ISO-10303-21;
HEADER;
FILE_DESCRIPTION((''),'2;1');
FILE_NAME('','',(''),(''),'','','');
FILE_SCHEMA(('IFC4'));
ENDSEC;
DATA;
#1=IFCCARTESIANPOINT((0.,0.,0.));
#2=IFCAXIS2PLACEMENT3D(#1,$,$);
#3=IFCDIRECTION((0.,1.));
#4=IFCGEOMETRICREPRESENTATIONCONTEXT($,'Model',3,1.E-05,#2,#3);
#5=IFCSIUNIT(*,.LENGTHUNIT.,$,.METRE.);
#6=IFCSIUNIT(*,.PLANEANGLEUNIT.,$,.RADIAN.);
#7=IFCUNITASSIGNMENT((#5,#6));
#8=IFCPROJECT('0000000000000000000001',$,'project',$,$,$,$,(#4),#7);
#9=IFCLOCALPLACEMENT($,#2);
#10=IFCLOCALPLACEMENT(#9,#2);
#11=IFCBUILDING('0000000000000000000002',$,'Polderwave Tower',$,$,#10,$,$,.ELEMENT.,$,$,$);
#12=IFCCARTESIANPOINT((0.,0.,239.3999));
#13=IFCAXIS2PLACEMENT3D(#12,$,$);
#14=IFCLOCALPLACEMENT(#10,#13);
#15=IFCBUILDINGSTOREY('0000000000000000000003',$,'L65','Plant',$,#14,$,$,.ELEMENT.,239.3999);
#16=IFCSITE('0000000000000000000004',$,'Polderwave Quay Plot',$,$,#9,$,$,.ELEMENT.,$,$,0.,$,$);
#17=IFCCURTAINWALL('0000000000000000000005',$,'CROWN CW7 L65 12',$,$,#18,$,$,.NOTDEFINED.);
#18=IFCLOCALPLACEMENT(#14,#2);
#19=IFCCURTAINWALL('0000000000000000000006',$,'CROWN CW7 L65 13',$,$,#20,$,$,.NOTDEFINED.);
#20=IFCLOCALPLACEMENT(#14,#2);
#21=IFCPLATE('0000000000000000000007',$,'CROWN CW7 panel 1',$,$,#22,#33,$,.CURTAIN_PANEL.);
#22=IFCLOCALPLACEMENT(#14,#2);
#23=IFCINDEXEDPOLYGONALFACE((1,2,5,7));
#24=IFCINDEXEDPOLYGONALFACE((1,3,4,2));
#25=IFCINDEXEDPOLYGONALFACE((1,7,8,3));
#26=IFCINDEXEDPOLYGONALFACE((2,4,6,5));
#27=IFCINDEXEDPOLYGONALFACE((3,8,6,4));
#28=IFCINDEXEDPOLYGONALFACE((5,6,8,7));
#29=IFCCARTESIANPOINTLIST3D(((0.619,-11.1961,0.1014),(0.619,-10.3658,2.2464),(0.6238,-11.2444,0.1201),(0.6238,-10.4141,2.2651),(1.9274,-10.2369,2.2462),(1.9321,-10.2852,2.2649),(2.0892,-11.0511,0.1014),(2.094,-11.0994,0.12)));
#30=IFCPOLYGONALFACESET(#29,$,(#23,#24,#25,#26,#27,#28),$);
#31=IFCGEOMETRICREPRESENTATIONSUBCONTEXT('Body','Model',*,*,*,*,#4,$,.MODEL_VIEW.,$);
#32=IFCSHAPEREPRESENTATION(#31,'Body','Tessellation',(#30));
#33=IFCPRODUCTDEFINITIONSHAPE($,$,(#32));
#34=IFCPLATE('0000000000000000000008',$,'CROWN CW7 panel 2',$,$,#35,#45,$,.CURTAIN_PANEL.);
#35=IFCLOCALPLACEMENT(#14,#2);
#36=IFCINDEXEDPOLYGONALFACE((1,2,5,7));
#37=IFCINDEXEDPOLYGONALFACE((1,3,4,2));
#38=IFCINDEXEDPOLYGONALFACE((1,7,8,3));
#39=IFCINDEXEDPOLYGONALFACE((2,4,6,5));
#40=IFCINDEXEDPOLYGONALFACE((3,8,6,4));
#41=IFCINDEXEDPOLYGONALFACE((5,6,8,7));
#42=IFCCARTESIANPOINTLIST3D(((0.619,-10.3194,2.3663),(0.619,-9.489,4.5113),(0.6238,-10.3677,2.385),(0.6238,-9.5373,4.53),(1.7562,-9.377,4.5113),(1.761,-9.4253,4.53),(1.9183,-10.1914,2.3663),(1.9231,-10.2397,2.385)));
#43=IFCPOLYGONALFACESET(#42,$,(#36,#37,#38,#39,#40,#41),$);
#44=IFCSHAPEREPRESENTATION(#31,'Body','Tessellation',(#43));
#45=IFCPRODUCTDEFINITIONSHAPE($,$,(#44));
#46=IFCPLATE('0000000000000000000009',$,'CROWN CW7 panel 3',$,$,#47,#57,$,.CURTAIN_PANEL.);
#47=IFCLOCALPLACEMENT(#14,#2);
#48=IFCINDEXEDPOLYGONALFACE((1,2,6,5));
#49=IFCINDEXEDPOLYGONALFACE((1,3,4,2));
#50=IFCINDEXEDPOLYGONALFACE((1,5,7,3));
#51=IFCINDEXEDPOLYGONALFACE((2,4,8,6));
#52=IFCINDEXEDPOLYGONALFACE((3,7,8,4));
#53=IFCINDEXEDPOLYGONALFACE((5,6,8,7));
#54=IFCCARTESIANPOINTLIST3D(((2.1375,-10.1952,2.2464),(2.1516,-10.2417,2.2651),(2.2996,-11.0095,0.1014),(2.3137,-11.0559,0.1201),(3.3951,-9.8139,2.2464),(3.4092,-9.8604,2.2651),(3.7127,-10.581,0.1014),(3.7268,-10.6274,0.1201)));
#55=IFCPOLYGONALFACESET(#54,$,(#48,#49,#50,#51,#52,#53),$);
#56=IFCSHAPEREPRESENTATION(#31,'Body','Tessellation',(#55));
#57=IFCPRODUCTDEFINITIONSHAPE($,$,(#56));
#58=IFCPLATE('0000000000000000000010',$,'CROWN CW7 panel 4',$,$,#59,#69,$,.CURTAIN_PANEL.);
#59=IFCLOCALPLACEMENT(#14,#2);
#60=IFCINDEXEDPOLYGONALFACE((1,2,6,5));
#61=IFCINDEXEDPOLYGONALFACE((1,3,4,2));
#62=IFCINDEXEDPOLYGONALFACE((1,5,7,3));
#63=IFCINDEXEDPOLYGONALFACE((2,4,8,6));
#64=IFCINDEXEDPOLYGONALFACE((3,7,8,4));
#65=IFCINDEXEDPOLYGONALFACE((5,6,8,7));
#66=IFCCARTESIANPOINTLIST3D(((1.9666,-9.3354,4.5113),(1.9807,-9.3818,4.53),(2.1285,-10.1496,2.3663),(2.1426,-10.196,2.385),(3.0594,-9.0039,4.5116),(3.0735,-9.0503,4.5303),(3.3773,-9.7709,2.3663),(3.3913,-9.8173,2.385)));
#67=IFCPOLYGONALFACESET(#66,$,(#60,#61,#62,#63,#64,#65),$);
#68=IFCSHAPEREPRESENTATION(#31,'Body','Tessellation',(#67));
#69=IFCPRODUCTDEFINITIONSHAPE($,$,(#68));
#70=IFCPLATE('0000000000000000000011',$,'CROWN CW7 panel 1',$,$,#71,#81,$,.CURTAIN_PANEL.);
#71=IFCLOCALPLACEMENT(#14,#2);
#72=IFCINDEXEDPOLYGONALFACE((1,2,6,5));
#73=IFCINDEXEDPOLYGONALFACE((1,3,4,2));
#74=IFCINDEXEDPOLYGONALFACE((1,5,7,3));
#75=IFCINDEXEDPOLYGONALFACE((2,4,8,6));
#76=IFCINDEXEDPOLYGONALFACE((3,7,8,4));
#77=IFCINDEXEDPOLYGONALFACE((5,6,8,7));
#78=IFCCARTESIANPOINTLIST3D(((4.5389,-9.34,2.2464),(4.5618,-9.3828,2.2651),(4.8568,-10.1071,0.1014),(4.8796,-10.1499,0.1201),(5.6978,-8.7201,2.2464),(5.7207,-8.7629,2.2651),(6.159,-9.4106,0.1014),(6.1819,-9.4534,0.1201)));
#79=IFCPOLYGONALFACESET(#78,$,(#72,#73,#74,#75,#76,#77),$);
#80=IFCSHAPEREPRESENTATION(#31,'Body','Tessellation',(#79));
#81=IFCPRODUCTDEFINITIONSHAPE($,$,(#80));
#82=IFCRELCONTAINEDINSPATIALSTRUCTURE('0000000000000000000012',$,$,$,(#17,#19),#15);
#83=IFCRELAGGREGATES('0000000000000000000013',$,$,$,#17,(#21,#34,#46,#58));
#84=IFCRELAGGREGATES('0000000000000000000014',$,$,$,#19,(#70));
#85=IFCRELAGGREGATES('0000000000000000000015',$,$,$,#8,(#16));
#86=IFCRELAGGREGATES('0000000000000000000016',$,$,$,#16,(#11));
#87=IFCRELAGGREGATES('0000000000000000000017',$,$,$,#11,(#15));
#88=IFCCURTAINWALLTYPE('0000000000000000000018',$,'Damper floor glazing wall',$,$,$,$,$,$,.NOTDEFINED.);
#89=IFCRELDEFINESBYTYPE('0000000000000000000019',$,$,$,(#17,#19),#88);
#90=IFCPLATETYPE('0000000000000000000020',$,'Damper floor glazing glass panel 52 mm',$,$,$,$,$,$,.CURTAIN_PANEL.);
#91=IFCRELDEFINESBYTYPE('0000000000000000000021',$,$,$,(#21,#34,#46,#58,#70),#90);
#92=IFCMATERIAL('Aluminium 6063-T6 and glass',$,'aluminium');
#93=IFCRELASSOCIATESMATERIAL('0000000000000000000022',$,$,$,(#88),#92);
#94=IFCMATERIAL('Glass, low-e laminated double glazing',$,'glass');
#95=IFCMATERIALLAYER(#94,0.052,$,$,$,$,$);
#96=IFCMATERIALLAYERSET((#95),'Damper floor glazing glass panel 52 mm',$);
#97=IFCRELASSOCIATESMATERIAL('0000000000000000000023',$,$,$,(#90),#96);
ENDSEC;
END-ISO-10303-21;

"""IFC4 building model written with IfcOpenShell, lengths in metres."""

from ifc_helpers import new_model, si_unit, direction, frame, origin, place, context, subcontext, project, spatial, polyline, outline, extrude, material, layer, layer_set, type_object, element, aggregate, save


model = new_model("IFC4")

# Units and contexts
model_context = context("Model", 3, precision=1e-05, world=origin(), true_north=direction((0.0, 1.0)))
body_context = subcontext(model_context, "Body", "Model", "MODEL_VIEW")
ifc_project = project(units=[si_unit("LENGTHUNIT", "METRE"), si_unit("PLANEANGLEUNIT", "RADIAN")], contexts=[model_context])

# Site, building, storey
site_placement = place(None, origin())
site = spatial("IfcSite", under=ifc_project, at=site_placement, Name="Polderwave Quay Plot", CompositionType="ELEMENT", RefElevation=0.0)
building_placement = place(site_placement, origin())
building = spatial("IfcBuilding", under=site, at=building_placement, Name="Polderwave Tower", CompositionType="ELEMENT")
storey_placement = place(building_placement, frame((0.0, 0.0, 239.3999)))
storey = spatial("IfcBuildingStorey", under=building, at=storey_placement, Name="L65", Description="Plant", CompositionType="ELEMENT", Elevation=239.3999)

# Curtain wall
ifc_material_1 = material(Name="Aluminium 6063-T6 and glass", Category="aluminium")
curtain_wall_type = type_object("IfcCurtainWallType", Name="Damper floor glazing wall", PredefinedType="NOTDEFINED", material=ifc_material_1)
curtain_wall_1_placement = place(storey_placement, origin())
curtain_wall_1 = element("IfcCurtainWall", 1, at=curtain_wall_1_placement, inside=storey, type_object=curtain_wall_type, Name="CROWN CW7 L65 12", PredefinedType="NOTDEFINED")

# Curtain wall
curtain_wall_2_placement = place(storey_placement, origin())
curtain_wall_2 = element("IfcCurtainWall", 2, at=curtain_wall_2_placement, inside=storey, type_object=curtain_wall_type, Name="CROWN CW7 L65 13", PredefinedType="NOTDEFINED")

# Plates
ifc_material_2 = material(Name="Glass, low-e laminated double glazing", Category="glass")
ifc_layer = layer(ifc_material_2, 0.052)
ifc_layer_set = layer_set([ifc_layer], Name="Damper floor glazing glass panel 52 mm")
plate_type = type_object("IfcPlateType", Name="Damper floor glazing glass panel 52 mm", PredefinedType="CURTAIN_PANEL", material=ifc_layer_set)
plate_1_placement = place(storey_placement, frame((0.6238, -11.2444, 0.1201), z_axis=(0.091583, -0.928654, 0.359464), x_axis=(0.995174, 0.098125, -0.000049)))
plate_1 = element("IfcPlate", 3, at=plate_1_placement, type_object=plate_type, Name="CROWN CW7 panel 1", PredefinedType="CURTAIN_PANEL", context=body_context, shape_type="SweptSolid", body=[
    extrude(outline(polyline([(0.0, 0.0), (1.4773, 0.0), (1.3961, 2.2985), (0.0813, 2.2986), (0.0, 0.0)])), origin(), (0.0, 0.0, -1.0), 0.052),
])
plate_2_placement = place(storey_placement, frame((0.6238, -10.3677, 2.385), z_axis=(0.091469, -0.928653, 0.359496), x_axis=(0.995185, 0.098018, -0.000013)))
plate_2 = element("IfcPlate", 4, at=plate_2_placement, type_object=plate_type, Name="CROWN CW7 panel 2", PredefinedType="CURTAIN_PANEL", context=body_context, shape_type="SweptSolid", body=[
    extrude(outline(polyline([(0.0, 0.0), (1.3056, 0.0), (1.2241, 2.2987), (0.0814, 2.2987), (0.0, 0.0)])), origin(), (0.0, 0.0, -1.0), 0.052),
])
plate_3_placement = place(storey_placement, frame((2.3137, -11.0559, 0.1201), z_axis=(0.270786, -0.893015, 0.359444), x_axis=(0.956973, 0.290178, -0.000004)))
plate_3 = element("IfcPlate", 5, at=plate_3_placement, type_object=plate_type, Name="CROWN CW7 panel 3", PredefinedType="CURTAIN_PANEL", context=body_context, shape_type="SweptSolid", body=[
    extrude(outline(polyline([(0.0, 0.0), (1.4766, 0.0), (1.3952, 2.2987), (0.0811, 2.2986), (0.0, 0.0)])), origin(), (0.0, 0.0, -1.0), 0.052),
])
plate_4_placement = place(storey_placement, frame((2.1426, -10.196, 2.385), z_axis=(0.270818, -0.893012, 0.359426), x_axis=(0.956964, 0.290207, -0.000011)))
plate_4 = element("IfcPlate", 6, at=plate_4_placement, type_object=plate_type, Name="CROWN CW7 panel 4", PredefinedType="CURTAIN_PANEL", context=body_context, shape_type="SweptSolid", body=[
    extrude(outline(polyline([(0.0, 0.0), (1.3049, 0.0), (1.2233, 2.2989), (0.0814, 2.2986), (0.0, 0.0)])), origin(), (0.0, 0.0, -1.0), 0.052),
])
aggregate(curtain_wall_1, [plate_1, plate_2, plate_3, plate_4])
plate_5_placement = place(storey_placement, frame((4.8796, -10.1499, 0.1201), z_axis=(0.440113, -0.822845, 0.35948), x_axis=(0.88179, 0.471641, 0.000001)))
plate_5 = element("IfcPlate", 7, at=plate_5_placement, type_object=plate_type, Name="CROWN CW7 panel 1", PredefinedType="CURTAIN_PANEL", context=body_context, shape_type="SweptSolid", body=[
    extrude(outline(polyline([(0.0, 0.0), (1.4768, 0.0), (1.3958, 2.2987), (0.0815, 2.2987), (0.0, 0.0)])), origin(), (0.0, 0.0, -1.0), 0.052),
])
aggregate(curtain_wall_2, [plate_5])

save(model, "model.ifc")
